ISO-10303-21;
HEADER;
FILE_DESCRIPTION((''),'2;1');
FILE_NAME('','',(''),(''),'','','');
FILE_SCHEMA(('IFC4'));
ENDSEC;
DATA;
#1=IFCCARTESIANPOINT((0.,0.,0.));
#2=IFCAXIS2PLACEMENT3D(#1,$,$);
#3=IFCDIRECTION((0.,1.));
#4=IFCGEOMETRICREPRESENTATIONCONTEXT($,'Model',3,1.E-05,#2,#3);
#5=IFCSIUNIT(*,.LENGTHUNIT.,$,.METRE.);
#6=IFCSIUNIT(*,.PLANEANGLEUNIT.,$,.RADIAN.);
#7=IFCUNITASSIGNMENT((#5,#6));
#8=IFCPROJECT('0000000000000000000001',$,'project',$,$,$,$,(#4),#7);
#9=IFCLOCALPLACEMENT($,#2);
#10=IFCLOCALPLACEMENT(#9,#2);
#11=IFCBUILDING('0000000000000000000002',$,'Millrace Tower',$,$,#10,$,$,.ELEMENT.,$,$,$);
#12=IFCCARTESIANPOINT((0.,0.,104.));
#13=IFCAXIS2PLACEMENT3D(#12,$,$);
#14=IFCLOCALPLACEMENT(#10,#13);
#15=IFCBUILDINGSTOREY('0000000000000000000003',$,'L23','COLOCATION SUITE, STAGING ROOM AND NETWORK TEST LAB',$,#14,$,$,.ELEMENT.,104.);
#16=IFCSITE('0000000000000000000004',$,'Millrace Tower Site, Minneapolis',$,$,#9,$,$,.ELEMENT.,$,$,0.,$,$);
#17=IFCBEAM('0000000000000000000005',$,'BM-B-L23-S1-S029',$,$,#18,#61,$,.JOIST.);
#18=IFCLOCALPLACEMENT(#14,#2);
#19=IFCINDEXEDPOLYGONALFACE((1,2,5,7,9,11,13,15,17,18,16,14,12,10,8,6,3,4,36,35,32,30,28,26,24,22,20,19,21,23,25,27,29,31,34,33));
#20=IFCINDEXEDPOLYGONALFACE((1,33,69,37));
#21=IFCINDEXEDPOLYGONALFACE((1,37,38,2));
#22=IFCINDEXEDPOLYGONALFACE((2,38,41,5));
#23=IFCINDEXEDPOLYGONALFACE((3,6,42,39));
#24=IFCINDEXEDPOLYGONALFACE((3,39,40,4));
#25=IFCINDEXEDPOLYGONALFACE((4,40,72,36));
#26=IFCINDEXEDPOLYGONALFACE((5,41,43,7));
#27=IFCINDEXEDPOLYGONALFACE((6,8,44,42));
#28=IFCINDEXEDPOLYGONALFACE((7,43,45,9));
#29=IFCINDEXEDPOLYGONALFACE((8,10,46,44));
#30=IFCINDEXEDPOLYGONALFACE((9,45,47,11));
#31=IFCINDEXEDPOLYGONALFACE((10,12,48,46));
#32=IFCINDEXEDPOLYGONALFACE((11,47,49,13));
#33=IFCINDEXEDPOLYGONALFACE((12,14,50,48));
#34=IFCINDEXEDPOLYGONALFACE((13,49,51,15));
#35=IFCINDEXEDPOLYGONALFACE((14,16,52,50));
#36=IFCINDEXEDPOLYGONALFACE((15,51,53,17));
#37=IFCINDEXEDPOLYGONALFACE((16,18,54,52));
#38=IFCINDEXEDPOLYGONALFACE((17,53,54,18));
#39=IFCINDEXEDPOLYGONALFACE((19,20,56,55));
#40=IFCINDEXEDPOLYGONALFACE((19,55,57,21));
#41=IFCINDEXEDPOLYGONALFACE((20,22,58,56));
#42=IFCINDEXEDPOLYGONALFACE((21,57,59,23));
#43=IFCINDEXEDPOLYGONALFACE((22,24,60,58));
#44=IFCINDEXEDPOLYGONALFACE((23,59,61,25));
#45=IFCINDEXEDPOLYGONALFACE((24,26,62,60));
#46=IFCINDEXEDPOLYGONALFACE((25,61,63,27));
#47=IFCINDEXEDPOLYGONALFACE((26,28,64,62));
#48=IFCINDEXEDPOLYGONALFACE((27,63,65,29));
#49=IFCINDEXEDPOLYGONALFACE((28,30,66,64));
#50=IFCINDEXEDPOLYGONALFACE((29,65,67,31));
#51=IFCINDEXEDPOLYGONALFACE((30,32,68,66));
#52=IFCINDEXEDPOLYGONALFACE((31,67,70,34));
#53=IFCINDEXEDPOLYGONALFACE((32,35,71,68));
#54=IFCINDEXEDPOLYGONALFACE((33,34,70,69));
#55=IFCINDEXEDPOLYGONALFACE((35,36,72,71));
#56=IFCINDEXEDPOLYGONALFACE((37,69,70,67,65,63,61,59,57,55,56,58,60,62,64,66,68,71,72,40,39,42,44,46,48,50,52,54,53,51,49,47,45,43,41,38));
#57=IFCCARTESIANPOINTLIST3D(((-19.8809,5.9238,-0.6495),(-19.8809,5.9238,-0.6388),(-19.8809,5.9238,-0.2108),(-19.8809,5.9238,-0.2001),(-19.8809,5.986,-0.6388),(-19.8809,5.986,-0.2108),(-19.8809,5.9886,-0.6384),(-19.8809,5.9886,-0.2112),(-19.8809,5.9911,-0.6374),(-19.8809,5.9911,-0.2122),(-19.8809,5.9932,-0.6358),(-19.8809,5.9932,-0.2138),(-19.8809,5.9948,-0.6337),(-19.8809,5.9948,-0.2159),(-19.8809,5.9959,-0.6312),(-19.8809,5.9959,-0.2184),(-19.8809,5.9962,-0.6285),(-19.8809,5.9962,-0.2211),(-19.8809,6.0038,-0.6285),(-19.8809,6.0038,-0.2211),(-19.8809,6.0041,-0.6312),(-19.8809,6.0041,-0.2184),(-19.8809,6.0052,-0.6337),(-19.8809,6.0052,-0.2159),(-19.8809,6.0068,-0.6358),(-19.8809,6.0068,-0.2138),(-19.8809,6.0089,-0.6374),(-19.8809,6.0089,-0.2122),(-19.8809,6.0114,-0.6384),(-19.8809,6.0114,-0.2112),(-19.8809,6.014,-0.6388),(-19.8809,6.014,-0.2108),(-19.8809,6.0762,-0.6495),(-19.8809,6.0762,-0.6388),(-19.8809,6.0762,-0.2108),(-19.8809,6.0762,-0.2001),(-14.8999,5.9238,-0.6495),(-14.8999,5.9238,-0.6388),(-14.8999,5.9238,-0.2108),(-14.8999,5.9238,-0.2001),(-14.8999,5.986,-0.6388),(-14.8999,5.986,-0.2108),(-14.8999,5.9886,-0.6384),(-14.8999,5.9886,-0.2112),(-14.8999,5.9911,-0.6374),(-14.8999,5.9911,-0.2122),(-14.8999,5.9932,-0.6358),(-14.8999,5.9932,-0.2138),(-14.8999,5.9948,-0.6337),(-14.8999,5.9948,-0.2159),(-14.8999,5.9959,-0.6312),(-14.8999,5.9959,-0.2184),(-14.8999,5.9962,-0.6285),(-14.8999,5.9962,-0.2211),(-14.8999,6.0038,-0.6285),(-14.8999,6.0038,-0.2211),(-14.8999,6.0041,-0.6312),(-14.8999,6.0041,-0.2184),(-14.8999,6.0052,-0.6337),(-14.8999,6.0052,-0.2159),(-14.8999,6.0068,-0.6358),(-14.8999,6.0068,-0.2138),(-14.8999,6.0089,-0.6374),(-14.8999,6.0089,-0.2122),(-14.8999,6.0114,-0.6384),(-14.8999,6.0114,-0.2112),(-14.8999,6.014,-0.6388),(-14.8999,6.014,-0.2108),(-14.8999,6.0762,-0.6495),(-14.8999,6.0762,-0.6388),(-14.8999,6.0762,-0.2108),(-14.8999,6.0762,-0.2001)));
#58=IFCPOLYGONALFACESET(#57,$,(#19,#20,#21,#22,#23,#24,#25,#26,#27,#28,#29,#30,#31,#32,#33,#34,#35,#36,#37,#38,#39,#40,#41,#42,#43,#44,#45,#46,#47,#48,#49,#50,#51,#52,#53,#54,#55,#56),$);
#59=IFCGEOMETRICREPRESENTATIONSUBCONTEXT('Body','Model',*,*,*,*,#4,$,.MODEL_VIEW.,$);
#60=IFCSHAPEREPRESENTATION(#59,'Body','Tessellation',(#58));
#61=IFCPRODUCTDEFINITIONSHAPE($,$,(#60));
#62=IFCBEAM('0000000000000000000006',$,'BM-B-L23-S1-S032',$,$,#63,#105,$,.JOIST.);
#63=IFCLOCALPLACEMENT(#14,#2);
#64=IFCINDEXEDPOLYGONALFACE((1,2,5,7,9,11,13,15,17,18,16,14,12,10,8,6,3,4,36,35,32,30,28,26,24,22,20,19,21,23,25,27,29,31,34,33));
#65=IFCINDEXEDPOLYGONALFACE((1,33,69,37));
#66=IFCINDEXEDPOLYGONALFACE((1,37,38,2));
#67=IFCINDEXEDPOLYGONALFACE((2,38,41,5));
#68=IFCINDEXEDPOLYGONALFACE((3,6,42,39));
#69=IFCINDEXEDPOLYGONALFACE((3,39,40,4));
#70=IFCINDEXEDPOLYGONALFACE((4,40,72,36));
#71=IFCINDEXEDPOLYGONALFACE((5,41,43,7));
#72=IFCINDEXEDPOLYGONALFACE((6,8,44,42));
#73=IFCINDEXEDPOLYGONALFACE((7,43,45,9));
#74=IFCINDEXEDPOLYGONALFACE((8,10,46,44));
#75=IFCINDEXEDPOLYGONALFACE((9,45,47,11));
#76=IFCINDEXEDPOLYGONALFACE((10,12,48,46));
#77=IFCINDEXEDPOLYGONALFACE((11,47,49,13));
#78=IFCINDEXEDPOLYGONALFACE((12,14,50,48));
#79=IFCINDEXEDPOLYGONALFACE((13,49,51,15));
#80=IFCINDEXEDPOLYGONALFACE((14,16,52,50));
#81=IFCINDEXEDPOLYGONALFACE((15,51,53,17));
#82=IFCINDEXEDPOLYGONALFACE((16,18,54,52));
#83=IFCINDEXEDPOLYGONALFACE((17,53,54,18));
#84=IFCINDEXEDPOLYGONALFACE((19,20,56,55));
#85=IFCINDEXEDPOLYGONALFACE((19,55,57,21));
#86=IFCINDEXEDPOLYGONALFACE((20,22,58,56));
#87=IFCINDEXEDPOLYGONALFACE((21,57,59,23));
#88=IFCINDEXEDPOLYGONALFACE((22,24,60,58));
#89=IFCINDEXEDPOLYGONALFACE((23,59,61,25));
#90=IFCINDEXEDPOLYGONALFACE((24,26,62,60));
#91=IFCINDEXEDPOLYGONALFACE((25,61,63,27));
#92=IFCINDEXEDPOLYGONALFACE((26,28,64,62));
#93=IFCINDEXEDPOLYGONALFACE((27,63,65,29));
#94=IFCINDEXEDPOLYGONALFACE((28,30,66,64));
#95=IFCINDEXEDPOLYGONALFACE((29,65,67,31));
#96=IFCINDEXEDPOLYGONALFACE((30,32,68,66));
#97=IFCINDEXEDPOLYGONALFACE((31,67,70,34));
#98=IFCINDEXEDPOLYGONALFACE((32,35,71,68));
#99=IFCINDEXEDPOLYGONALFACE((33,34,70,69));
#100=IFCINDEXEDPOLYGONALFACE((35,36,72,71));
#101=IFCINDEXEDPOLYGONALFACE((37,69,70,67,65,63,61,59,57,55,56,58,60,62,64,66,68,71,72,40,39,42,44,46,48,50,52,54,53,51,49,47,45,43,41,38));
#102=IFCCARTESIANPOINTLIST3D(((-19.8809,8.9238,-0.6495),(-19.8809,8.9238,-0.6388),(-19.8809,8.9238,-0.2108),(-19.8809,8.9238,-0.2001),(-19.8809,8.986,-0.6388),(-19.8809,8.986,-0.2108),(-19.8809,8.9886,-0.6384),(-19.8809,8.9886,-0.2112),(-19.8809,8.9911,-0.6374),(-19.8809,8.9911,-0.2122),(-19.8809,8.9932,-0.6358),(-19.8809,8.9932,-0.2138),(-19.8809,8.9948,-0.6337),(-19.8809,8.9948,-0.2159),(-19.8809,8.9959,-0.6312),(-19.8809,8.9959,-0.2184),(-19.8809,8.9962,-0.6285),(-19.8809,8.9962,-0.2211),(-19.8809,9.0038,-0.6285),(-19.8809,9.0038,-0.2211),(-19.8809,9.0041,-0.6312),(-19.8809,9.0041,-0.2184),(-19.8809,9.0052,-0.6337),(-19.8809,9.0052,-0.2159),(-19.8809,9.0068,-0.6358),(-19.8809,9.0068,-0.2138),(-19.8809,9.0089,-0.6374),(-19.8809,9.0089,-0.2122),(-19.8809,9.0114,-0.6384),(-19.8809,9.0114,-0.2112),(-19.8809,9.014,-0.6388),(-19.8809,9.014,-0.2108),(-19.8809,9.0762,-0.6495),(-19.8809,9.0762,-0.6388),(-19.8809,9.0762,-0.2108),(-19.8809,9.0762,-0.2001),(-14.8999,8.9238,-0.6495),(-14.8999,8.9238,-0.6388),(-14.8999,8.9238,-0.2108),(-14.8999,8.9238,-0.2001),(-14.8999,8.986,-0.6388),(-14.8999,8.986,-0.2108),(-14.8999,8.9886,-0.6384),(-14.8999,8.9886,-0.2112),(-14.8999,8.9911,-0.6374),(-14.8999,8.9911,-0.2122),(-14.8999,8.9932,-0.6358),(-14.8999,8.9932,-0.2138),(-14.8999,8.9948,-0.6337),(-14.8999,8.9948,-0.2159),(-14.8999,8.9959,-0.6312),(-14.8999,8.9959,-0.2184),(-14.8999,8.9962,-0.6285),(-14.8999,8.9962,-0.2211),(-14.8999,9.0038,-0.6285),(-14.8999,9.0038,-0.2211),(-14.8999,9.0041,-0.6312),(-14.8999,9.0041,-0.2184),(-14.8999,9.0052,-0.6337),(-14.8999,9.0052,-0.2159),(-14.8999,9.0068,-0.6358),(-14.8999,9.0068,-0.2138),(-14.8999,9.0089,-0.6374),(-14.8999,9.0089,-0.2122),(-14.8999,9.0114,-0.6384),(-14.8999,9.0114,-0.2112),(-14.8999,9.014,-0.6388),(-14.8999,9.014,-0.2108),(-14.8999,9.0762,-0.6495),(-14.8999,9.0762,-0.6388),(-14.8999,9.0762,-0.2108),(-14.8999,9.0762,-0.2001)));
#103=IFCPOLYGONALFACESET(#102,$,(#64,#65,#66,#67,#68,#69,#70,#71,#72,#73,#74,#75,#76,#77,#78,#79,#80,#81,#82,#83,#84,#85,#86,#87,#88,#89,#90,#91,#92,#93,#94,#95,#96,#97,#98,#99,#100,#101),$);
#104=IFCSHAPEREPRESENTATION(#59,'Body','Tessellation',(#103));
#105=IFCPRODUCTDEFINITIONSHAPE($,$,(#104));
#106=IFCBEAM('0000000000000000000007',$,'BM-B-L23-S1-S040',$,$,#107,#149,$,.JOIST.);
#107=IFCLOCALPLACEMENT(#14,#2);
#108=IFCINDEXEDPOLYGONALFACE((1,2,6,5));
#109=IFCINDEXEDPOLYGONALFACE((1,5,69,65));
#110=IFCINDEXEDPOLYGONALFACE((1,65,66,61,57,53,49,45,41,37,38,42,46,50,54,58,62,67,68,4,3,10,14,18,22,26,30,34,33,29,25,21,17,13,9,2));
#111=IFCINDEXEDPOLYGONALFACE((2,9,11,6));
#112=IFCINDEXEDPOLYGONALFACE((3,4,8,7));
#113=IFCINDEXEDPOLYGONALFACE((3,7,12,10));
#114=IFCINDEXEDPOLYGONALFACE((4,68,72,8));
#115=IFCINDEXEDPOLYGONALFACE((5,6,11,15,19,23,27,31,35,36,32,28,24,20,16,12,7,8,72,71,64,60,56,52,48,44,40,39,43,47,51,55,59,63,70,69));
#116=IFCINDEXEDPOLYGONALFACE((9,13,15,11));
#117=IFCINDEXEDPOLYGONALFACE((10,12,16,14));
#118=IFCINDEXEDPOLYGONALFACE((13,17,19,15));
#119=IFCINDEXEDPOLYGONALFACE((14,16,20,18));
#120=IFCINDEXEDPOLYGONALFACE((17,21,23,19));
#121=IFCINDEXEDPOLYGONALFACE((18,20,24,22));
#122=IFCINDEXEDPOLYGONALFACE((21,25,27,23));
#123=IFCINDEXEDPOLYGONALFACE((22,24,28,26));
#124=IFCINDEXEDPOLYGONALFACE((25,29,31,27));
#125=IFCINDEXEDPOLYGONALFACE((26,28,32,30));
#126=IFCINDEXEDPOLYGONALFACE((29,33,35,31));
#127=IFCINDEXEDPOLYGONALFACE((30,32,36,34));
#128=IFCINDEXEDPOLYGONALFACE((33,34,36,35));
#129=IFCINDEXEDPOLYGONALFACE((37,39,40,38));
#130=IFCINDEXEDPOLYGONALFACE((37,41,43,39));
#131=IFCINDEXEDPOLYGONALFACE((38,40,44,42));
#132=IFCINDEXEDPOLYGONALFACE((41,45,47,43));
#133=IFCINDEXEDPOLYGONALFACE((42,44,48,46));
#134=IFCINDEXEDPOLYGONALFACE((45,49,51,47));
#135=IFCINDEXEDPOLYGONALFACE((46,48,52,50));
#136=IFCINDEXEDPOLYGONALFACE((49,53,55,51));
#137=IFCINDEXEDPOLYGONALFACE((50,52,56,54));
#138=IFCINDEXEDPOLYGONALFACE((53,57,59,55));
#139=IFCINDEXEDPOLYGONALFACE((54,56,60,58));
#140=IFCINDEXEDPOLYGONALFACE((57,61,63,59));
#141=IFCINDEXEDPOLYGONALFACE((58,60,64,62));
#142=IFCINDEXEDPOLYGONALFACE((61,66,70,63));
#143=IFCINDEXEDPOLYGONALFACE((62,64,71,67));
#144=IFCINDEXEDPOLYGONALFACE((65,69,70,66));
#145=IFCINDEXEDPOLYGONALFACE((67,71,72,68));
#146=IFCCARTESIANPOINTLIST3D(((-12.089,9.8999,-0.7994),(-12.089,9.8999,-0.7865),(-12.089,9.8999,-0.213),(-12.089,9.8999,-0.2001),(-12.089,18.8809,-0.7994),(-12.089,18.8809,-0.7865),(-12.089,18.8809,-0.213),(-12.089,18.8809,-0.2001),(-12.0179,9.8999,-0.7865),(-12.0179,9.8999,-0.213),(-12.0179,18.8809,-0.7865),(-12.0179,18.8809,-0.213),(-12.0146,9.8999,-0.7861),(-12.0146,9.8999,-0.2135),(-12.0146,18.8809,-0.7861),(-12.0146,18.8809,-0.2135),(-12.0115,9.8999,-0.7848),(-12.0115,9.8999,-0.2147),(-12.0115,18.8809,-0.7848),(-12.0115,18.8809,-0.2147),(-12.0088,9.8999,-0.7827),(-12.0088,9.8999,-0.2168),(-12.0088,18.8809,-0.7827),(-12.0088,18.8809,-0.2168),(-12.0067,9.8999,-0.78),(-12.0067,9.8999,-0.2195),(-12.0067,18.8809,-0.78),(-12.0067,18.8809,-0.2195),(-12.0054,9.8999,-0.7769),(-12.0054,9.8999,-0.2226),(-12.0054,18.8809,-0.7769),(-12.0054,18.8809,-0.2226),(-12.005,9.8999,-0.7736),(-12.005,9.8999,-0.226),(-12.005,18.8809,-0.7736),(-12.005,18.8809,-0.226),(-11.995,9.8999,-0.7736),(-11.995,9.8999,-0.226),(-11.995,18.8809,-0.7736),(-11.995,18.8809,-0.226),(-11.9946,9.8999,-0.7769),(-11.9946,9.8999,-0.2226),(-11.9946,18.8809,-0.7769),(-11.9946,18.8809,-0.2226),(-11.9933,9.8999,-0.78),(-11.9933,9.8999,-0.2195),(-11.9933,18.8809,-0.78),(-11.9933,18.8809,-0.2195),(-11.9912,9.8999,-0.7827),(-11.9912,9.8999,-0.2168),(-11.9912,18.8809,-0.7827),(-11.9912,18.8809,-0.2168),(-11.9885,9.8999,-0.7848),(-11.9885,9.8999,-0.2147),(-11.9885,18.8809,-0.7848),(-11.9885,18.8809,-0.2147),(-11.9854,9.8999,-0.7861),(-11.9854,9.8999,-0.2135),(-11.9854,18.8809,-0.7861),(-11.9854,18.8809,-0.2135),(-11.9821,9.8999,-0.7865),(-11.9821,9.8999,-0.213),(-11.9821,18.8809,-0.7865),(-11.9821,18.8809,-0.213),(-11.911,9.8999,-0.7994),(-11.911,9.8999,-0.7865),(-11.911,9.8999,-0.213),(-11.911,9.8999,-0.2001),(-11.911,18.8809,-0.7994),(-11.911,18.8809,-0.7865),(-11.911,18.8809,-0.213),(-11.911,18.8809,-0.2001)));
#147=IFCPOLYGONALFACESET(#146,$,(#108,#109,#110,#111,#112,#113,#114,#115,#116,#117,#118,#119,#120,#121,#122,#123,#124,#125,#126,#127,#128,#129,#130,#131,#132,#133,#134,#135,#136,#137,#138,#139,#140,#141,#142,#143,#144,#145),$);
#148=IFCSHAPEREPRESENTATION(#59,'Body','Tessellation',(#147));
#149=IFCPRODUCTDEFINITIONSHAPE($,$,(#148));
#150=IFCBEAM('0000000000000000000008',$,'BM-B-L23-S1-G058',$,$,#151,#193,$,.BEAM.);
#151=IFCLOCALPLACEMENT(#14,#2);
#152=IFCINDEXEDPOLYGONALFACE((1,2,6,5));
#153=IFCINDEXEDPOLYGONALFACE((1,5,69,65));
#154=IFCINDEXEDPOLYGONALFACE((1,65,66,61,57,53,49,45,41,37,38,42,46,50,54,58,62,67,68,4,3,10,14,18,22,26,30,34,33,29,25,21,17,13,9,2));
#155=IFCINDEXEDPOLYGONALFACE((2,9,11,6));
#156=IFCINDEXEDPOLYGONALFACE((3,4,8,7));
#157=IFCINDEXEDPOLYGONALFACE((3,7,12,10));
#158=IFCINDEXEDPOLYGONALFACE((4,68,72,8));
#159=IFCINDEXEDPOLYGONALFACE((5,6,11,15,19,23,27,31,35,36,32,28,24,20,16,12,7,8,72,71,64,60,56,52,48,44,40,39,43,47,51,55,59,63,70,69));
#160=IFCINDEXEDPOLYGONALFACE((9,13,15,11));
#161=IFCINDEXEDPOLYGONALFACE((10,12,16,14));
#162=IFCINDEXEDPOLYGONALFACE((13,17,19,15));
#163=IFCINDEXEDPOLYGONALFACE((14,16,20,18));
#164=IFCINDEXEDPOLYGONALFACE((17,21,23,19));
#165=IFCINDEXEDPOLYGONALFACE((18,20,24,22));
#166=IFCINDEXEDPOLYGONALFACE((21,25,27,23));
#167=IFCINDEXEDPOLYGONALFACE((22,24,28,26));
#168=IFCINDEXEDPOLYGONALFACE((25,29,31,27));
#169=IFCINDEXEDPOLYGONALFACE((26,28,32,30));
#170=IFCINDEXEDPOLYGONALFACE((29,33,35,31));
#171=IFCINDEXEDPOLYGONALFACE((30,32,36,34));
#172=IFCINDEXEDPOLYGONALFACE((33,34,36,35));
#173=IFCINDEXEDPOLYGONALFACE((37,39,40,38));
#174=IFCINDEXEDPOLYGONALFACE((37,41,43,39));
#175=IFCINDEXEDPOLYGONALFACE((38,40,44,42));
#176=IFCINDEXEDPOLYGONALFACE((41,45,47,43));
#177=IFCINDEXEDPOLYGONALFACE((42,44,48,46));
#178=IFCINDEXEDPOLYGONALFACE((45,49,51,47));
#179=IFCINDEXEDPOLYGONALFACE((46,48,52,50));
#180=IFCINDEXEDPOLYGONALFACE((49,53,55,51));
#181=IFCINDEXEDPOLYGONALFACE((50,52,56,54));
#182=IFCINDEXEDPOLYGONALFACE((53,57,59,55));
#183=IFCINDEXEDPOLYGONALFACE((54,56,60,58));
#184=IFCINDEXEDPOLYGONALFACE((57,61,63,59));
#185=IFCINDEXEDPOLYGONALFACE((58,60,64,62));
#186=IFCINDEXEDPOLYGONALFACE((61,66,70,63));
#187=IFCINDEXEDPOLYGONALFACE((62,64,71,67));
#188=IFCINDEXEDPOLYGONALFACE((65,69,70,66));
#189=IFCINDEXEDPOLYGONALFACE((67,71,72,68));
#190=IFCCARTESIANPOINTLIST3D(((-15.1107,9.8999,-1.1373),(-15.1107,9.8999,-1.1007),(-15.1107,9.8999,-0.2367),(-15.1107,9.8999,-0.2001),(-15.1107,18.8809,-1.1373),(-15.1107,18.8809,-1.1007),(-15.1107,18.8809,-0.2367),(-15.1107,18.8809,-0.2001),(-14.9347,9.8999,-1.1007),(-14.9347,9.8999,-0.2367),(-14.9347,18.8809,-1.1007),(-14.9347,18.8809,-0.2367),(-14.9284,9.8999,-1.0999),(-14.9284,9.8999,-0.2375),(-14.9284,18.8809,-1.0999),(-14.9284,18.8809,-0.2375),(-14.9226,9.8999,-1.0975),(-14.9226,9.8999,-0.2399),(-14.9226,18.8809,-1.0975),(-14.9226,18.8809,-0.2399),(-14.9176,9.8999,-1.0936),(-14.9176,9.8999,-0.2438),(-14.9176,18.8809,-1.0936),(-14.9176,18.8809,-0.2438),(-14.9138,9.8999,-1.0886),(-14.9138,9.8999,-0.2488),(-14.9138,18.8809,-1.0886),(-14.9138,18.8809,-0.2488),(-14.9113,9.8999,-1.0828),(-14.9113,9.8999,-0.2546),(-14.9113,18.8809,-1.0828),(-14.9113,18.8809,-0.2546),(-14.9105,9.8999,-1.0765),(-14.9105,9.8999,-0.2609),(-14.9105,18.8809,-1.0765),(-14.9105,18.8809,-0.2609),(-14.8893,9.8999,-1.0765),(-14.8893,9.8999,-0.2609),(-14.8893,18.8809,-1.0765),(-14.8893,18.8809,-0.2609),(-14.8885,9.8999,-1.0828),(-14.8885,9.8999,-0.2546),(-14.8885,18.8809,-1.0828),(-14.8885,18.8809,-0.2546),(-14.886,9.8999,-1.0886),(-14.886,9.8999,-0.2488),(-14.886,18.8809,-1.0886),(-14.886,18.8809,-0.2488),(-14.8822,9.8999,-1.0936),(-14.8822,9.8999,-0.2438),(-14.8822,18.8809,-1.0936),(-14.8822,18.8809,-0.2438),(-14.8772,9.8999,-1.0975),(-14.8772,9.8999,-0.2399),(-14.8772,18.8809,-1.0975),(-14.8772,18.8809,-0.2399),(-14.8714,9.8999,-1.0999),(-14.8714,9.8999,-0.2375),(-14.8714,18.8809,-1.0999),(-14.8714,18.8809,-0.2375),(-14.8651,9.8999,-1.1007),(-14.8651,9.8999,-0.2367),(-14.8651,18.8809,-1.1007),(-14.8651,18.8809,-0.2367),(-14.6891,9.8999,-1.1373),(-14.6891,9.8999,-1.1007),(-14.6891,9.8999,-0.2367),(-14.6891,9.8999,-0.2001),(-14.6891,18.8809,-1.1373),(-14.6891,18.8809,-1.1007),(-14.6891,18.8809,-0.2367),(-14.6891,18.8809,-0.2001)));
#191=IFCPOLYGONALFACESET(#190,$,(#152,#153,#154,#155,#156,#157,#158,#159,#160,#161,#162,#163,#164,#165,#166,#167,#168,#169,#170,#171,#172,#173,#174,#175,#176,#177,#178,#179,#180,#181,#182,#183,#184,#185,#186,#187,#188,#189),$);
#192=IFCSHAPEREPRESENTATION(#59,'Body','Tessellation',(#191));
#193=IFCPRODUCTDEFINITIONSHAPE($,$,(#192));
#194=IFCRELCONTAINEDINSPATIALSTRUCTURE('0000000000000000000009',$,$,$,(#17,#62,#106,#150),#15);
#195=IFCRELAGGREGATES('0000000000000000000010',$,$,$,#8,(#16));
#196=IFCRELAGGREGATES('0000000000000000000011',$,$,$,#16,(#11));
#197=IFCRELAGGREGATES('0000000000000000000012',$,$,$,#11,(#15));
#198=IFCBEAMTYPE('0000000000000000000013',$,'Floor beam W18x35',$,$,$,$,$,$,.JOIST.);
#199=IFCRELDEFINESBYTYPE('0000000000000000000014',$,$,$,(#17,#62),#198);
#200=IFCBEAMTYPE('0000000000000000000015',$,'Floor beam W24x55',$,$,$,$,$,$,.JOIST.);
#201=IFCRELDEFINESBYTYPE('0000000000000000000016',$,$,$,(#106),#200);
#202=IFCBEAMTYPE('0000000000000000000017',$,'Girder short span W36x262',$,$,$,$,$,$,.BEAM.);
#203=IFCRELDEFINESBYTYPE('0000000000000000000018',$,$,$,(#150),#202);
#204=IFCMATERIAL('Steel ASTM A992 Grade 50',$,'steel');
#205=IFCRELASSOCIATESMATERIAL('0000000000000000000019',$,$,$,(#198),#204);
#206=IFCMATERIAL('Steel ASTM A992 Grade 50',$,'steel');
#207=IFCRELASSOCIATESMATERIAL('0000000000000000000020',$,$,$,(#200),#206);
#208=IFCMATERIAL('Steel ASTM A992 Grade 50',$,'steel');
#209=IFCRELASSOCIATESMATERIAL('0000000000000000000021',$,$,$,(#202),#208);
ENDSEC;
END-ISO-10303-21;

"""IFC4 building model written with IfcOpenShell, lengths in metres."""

from ifc_helpers import new_model, si_unit, direction, frame, origin, origin_2d, place, context, subcontext, project, spatial, i_section, extrude, material, material_profile, profile_set, type_object, element, save


model = new_model("IFC4")

# Units and contexts
model_context = context("Model", 3, precision=1e-05, world=origin(), true_north=direction((0.0, 1.0)))
body_context = subcontext(model_context, "Body", "Model", "MODEL_VIEW")
ifc_project = project(units=[si_unit("LENGTHUNIT", "METRE"), si_unit("PLANEANGLEUNIT", "RADIAN")], contexts=[model_context])

# Site, building, storey
site_placement = place(None, origin())
site = spatial("IfcSite", under=ifc_project, at=site_placement, Name="Millrace Tower Site, Minneapolis", CompositionType="ELEMENT", RefElevation=0.0)
building_placement = place(site_placement, origin())
building = spatial("IfcBuilding", under=site, at=building_placement, Name="Millrace Tower", CompositionType="ELEMENT")
storey_placement = place(building_placement, frame((0.0, 0.0, 104.0)))
storey = spatial("IfcBuildingStorey", under=building, at=storey_placement, Name="L23", Description="COLOCATION SUITE, STAGING ROOM AND NETWORK TEST LAB", CompositionType="ELEMENT", Elevation=104.0)

# Beams
ifc_material_1 = material(Name="Steel ASTM A992 Grade 50", Category="steel")
ifc_material_profile_1 = material_profile(ifc_material_1, i_section(OverallWidth=0.1523, OverallDepth=0.4495, WebThickness=0.0076, FlangeThickness=0.0107, FilletRadius=0.0103, at=origin_2d()))
ifc_profile_set_1 = profile_set([ifc_material_profile_1], Name="Steel ASTM A992 Grade 50")
beam_type_1 = type_object("IfcBeamType", Name="Floor beam W18x35", PredefinedType="JOIST", material=ifc_profile_set_1)
for number, where, z_axis, x_axis, name in (
    (1, (-19.8809, 6.0, -0.4248), (1.0, 0.0, 0.0), (0.0, 1.0, 0.0), "BM-B-L23-S1-S029"),
    (2, (-19.8809, 9.0, -0.4248), (1.0, 0.0, 0.0), (0.0, 1.0, 0.0), "BM-B-L23-S1-S032"),
):
    element("IfcBeam", number, at=place(storey_placement, frame(where, z_axis=z_axis, x_axis=x_axis)), inside=storey, type_object=beam_type_1, Name=name, PredefinedType="JOIST", context=body_context, shape_type="SweptSolid", body=[
        extrude(i_section(OverallWidth=0.1523, OverallDepth=0.4495, WebThickness=0.0076, FlangeThickness=0.0107, FilletRadius=0.0103, at=origin_2d()), origin(), (0.0, 0.0, 1.0), 4.981),
    ])
ifc_material_2 = material(Name="Steel ASTM A992 Grade 50", Category="steel")
ifc_material_profile_2 = material_profile(ifc_material_2, i_section(OverallWidth=0.178, OverallDepth=0.5994, WebThickness=0.01, FlangeThickness=0.0129, FilletRadius=0.0129, at=origin_2d()))
ifc_profile_set_2 = profile_set([ifc_material_profile_2], Name="Steel ASTM A992 Grade 50")
beam_type_2 = type_object("IfcBeamType", Name="Floor beam W24x55", PredefinedType="JOIST", material=ifc_profile_set_2)
beam_1_placement = place(storey_placement, frame((-12.0, 9.8999, -0.4998), z_axis=(0.0, 1.0, 0.0), x_axis=(-1.0, 0.0, 0.0)))
element("IfcBeam", 3, at=beam_1_placement, inside=storey, type_object=beam_type_2, Name="BM-B-L23-S1-S040", PredefinedType="JOIST", context=body_context, shape_type="SweptSolid", body=[
    extrude(i_section(OverallWidth=0.178, OverallDepth=0.5994, WebThickness=0.01, FlangeThickness=0.0129, FilletRadius=0.0129, at=origin_2d()), origin(), (0.0, 0.0, 1.0), 8.981),
])
ifc_material_3 = material(Name="Steel ASTM A992 Grade 50", Category="steel")
ifc_material_profile_3 = material_profile(ifc_material_3, i_section(OverallWidth=0.4216, OverallDepth=0.9373, WebThickness=0.0212, FlangeThickness=0.0366, FilletRadius=0.0242, at=origin_2d()))
ifc_profile_set_3 = profile_set([ifc_material_profile_3], Name="Steel ASTM A992 Grade 50")
beam_type_3 = type_object("IfcBeamType", Name="Girder short span W36x262", PredefinedType="BEAM", material=ifc_profile_set_3)
beam_2_placement = place(storey_placement, frame((-14.8999, 9.8999, -0.6687), z_axis=(0.0, 1.0, 0.0), x_axis=(-1.0, 0.0, 0.0)))
element("IfcBeam", 4, at=beam_2_placement, inside=storey, type_object=beam_type_3, Name="BM-B-L23-S1-G058", PredefinedType="BEAM", context=body_context, shape_type="SweptSolid", body=[
    extrude(i_section(OverallWidth=0.4216, OverallDepth=0.9373, WebThickness=0.0212, FlangeThickness=0.0366, FilletRadius=0.0242, at=origin_2d()), origin(), (0.0, 0.0, 1.0), 8.981),
])

save(model, "model.ifc")
